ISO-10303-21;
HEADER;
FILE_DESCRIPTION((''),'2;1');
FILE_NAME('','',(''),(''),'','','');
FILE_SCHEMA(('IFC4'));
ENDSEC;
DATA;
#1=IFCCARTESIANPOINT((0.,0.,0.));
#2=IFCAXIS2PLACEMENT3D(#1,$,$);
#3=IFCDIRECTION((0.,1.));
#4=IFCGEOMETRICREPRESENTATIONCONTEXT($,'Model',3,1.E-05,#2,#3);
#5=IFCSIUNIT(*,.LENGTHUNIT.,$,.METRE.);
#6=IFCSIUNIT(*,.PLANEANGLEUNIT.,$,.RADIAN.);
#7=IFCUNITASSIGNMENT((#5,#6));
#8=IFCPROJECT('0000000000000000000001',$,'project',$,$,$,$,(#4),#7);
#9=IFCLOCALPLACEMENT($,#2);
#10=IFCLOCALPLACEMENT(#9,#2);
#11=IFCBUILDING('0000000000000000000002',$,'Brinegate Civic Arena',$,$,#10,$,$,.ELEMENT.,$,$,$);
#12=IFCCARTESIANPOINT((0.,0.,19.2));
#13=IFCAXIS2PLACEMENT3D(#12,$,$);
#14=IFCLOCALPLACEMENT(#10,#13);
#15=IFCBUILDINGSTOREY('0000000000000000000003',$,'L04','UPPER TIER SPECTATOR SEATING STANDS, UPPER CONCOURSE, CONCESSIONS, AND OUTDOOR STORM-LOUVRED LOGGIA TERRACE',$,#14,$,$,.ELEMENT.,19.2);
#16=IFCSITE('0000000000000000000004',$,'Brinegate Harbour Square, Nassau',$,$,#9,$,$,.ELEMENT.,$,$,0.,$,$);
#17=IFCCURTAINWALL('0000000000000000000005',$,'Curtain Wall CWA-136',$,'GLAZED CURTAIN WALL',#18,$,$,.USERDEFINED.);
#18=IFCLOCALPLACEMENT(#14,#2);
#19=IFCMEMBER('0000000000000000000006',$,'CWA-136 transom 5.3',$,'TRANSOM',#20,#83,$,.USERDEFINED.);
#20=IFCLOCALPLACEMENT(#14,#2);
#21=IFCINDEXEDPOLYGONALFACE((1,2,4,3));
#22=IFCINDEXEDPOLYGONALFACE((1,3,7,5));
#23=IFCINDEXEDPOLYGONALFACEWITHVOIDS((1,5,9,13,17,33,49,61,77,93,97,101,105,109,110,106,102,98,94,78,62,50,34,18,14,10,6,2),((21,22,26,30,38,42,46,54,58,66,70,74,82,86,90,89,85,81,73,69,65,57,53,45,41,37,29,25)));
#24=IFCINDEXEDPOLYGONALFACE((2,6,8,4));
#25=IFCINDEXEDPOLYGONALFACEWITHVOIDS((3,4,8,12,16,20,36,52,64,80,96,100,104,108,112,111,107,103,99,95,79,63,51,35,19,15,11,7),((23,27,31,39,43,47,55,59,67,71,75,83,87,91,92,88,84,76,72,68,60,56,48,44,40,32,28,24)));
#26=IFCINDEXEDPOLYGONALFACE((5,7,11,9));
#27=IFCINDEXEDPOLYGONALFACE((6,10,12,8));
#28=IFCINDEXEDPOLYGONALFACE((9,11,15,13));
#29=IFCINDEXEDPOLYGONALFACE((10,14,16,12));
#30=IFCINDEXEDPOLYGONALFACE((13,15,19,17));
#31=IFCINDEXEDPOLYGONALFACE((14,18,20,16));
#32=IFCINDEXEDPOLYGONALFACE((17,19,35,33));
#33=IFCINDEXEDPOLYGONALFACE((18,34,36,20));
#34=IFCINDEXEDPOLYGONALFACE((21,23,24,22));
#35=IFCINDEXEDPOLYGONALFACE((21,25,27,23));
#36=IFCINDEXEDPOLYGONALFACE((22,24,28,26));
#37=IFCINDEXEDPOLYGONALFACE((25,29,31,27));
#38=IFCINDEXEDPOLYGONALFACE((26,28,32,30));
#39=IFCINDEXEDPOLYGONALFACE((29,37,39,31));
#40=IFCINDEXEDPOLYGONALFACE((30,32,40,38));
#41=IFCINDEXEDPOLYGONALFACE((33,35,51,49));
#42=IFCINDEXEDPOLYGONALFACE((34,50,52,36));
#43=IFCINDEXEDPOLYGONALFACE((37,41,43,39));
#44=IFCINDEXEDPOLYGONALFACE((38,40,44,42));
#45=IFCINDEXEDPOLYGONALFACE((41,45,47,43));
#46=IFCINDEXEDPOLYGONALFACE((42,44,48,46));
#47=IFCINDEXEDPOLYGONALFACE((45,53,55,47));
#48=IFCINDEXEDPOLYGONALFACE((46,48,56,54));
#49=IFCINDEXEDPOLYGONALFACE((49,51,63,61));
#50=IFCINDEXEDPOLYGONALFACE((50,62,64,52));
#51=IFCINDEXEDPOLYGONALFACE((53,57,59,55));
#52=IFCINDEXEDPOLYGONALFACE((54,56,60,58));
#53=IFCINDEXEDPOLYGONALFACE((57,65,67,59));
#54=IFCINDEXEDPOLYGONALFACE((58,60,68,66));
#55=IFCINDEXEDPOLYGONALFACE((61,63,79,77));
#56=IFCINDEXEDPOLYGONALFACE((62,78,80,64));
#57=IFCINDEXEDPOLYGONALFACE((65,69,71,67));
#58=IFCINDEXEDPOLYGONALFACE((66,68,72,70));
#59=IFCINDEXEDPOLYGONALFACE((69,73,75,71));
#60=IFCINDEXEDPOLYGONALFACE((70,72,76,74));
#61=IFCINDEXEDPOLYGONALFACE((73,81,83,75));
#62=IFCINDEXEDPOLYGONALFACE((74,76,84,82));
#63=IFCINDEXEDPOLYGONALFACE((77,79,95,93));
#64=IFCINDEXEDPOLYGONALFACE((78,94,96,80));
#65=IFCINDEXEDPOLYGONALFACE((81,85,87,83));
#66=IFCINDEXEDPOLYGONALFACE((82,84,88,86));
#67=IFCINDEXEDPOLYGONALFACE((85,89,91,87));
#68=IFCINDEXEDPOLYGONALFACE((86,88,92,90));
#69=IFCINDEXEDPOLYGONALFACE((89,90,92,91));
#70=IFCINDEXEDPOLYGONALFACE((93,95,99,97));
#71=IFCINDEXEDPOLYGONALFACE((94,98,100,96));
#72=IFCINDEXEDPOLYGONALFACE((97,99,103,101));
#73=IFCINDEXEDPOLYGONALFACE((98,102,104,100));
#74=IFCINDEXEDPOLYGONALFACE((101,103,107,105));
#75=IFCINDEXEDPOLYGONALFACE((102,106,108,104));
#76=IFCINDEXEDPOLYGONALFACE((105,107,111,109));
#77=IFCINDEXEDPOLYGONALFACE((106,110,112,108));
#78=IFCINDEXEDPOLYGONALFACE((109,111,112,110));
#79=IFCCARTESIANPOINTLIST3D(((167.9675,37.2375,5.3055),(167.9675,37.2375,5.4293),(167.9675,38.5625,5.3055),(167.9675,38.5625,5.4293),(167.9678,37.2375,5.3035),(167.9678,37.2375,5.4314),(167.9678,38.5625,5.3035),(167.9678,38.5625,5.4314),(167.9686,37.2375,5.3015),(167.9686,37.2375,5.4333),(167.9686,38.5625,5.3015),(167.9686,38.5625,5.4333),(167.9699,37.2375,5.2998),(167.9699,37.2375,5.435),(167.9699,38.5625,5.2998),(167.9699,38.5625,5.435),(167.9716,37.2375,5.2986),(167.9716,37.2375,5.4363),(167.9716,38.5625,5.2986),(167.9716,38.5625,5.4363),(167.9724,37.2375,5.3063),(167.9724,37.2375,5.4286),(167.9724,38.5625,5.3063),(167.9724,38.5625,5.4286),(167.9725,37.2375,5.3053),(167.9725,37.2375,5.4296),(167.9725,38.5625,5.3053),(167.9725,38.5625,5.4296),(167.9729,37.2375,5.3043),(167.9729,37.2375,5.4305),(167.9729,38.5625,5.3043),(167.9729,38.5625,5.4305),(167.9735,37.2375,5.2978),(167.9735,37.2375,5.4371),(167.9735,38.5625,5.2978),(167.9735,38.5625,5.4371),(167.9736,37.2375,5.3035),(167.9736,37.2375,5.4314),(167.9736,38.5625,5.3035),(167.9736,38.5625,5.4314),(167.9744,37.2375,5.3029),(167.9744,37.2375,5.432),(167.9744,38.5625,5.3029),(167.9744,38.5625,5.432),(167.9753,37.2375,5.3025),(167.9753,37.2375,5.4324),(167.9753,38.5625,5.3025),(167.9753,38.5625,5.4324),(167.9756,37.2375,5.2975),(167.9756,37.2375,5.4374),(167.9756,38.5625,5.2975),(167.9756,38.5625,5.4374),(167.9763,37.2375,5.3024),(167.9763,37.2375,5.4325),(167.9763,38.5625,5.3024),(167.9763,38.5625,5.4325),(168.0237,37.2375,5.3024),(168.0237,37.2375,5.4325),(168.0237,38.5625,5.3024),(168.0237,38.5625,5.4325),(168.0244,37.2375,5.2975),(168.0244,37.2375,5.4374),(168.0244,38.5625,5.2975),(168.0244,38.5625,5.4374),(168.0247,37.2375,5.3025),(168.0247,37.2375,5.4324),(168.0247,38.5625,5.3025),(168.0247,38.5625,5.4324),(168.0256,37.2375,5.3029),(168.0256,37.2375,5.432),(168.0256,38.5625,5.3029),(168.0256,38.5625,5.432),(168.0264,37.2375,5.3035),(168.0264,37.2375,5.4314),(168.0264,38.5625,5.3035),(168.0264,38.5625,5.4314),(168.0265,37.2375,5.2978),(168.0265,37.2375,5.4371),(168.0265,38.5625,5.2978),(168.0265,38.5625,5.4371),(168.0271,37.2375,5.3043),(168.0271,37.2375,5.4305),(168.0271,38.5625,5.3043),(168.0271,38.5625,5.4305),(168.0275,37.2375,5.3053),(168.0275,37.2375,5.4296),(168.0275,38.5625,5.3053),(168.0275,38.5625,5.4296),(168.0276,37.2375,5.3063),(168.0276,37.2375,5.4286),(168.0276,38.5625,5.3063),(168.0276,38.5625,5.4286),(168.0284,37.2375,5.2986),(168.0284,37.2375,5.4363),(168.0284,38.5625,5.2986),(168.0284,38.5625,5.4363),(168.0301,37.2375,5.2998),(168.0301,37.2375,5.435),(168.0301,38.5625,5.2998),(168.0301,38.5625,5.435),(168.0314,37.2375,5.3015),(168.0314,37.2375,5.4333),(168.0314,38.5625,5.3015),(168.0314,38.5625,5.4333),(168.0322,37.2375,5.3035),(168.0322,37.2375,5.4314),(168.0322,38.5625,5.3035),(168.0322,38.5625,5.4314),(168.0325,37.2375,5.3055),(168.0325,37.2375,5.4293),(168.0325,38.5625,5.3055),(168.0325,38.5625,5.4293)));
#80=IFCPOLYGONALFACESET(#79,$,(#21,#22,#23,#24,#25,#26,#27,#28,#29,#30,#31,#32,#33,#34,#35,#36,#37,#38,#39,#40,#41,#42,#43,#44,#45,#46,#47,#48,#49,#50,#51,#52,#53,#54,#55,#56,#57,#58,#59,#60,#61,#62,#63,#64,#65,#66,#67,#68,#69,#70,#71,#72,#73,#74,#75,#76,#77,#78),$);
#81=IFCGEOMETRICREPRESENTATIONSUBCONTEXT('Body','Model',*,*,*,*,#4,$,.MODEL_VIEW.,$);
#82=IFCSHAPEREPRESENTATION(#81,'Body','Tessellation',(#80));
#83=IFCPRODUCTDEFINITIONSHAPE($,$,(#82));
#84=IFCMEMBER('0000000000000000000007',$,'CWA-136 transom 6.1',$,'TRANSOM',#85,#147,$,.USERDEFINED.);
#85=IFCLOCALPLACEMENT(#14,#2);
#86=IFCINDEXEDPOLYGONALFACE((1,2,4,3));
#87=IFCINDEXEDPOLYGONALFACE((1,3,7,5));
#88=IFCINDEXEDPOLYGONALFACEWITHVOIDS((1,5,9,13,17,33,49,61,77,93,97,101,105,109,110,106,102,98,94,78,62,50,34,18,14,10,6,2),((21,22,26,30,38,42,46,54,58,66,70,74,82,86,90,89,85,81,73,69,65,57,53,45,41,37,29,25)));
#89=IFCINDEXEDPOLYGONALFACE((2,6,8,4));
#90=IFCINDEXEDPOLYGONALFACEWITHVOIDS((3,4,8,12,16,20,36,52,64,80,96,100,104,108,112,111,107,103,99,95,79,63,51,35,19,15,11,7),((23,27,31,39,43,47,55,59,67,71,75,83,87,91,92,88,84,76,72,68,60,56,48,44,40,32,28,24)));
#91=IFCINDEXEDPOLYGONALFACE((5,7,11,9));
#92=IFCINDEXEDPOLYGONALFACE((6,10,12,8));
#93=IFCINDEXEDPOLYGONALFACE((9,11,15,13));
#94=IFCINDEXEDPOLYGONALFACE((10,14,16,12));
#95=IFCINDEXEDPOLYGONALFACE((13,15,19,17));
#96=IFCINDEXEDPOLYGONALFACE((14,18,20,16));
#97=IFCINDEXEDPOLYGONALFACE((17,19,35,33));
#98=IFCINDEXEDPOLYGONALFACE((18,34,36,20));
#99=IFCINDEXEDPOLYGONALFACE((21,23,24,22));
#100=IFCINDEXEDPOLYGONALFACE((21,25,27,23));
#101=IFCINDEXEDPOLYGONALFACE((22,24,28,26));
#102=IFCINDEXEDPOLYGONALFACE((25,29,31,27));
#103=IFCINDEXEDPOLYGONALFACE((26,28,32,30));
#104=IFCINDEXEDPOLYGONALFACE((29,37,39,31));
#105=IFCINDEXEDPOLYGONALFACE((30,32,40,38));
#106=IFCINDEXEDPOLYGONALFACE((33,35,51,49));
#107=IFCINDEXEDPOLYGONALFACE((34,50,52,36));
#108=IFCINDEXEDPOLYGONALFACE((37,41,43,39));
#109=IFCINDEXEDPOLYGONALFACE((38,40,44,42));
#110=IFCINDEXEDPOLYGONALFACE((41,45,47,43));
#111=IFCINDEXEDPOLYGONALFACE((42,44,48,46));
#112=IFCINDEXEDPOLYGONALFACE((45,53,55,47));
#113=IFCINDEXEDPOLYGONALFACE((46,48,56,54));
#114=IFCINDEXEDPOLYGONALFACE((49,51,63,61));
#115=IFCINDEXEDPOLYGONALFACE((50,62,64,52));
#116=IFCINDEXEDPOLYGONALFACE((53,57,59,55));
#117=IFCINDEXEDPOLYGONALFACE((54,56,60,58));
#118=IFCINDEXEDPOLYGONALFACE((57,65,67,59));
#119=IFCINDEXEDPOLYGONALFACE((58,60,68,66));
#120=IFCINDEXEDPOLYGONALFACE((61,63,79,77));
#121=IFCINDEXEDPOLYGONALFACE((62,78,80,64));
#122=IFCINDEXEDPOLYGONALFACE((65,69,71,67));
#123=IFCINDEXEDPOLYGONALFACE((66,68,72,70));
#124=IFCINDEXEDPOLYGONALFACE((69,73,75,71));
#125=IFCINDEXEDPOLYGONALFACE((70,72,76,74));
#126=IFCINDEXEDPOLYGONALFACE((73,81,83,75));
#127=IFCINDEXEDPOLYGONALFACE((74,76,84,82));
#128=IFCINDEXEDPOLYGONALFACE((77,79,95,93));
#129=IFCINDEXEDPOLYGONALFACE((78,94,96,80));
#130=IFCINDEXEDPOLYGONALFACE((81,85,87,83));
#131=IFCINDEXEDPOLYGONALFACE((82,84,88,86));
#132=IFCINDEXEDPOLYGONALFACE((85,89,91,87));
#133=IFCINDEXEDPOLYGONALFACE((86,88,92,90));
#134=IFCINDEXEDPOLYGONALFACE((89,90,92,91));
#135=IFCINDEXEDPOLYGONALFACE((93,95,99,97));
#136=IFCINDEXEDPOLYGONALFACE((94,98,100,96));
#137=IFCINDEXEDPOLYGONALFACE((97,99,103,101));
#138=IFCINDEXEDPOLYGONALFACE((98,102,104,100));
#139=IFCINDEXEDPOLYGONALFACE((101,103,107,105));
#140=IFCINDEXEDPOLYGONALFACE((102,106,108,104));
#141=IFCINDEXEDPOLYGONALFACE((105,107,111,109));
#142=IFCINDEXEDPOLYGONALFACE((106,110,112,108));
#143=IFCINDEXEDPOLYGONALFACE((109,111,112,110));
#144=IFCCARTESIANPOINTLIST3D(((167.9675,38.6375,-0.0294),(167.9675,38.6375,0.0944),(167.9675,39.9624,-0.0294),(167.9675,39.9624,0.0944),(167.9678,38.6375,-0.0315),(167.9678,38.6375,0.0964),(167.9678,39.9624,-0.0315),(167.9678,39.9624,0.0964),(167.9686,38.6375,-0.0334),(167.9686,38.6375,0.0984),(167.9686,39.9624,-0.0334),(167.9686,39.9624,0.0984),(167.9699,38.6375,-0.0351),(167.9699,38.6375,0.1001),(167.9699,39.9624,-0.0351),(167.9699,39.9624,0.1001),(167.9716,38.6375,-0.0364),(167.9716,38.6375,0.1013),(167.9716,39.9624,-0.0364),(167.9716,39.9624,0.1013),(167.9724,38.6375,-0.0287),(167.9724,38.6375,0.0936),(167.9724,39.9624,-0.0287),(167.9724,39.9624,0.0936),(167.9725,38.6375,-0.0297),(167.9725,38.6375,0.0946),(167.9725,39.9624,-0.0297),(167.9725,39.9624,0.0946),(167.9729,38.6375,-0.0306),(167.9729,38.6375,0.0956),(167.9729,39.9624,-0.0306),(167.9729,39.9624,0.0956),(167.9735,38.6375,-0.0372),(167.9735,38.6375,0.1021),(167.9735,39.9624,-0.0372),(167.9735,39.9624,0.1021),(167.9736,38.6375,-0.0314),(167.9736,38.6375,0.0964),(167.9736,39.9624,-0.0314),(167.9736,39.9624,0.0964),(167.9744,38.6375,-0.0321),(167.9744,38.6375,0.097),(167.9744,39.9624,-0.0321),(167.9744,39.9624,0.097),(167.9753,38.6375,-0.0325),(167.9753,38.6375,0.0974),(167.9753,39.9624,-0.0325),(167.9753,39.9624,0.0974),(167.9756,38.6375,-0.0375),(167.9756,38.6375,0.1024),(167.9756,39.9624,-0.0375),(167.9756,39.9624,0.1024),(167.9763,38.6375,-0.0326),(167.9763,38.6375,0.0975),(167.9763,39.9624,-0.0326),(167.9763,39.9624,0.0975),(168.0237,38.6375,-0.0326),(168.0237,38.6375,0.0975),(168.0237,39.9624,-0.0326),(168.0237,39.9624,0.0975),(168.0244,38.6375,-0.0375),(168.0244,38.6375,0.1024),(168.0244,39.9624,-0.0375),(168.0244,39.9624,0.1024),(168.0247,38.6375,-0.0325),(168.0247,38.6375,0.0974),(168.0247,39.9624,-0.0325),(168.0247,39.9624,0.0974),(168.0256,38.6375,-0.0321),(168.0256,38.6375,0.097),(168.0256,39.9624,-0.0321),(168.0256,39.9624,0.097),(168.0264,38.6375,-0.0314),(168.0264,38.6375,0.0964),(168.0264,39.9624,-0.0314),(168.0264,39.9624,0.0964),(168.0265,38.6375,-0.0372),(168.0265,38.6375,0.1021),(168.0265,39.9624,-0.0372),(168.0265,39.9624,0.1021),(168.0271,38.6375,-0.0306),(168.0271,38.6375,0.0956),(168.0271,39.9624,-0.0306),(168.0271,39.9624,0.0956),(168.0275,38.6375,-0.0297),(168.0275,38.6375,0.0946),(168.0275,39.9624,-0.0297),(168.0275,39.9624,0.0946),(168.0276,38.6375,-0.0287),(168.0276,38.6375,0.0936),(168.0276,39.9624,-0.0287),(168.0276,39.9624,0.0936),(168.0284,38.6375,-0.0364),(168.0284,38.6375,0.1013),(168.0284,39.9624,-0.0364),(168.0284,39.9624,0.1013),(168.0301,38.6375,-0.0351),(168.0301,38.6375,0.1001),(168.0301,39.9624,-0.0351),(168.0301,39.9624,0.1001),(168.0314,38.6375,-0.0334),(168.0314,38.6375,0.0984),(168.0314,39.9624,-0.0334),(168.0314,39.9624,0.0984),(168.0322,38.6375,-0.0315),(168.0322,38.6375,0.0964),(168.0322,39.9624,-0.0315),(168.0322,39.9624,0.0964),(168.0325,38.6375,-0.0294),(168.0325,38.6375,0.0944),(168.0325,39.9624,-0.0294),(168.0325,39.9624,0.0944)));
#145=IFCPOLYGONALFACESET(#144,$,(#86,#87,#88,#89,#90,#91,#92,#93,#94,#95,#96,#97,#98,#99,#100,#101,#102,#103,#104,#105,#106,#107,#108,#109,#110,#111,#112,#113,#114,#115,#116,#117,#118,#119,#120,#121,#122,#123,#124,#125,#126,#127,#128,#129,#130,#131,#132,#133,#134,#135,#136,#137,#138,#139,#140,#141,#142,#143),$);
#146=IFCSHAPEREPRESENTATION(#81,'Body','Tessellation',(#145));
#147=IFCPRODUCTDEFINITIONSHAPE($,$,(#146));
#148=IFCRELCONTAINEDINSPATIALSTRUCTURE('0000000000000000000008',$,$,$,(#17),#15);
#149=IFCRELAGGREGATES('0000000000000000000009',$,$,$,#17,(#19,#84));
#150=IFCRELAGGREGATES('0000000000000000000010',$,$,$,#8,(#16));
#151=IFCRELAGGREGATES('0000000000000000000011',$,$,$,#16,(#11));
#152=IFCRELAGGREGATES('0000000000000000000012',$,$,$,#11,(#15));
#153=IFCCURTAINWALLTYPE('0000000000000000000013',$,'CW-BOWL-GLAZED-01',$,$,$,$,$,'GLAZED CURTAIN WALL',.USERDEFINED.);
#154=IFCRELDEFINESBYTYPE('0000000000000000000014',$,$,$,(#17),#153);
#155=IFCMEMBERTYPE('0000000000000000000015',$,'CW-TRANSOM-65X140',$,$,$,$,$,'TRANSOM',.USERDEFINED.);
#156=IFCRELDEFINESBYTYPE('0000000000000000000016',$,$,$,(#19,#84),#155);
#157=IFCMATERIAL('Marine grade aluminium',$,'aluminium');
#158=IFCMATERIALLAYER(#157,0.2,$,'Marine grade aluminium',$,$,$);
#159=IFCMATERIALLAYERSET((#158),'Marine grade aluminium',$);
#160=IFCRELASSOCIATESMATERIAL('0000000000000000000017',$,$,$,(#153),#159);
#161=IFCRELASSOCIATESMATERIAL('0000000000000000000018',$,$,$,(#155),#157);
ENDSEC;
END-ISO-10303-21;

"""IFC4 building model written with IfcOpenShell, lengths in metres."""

from ifc_helpers import new_model, si_unit, direction, frame, origin, origin_2d, place, context, subcontext, project, spatial, hollow_rectangle, extrude, material, layer, layer_set, material_profile, profile_set, type_object, element, aggregate, save


model = new_model("IFC4")

# Units and contexts
model_context = context("Model", 3, precision=1e-05, world=origin(), true_north=direction((0.0, 1.0)))
body_context = subcontext(model_context, "Body", "Model", "MODEL_VIEW")
ifc_project = project(units=[si_unit("LENGTHUNIT", "METRE"), si_unit("PLANEANGLEUNIT", "RADIAN")], contexts=[model_context])

# Site, building, storey
site_placement = place(None, origin())
site = spatial("IfcSite", under=ifc_project, at=site_placement, Name="Brinegate Harbour Square, Nassau", CompositionType="ELEMENT", RefElevation=0.0)
building_placement = place(site_placement, origin())
building = spatial("IfcBuilding", under=site, at=building_placement, Name="Brinegate Civic Arena", CompositionType="ELEMENT")
storey_placement = place(building_placement, frame((0.0, 0.0, 19.2)))
storey = spatial("IfcBuildingStorey", under=building, at=storey_placement, Name="L04", Description="UPPER TIER SPECTATOR SEATING STANDS, UPPER CONCOURSE, CONCESSIONS, AND OUTDOOR STORM-LOUVRED LOGGIA TERRACE", CompositionType="ELEMENT", Elevation=19.2)

# Curtain wall, members
ifc_material_1 = material(Name="Marine grade aluminium", Category="aluminium")
ifc_layer_1 = layer(ifc_material_1, 0.2, Name="Marine grade aluminium")
ifc_layer_set_1 = layer_set([ifc_layer_1], Name="Marine grade aluminium")
curtain_wall_type = type_object("IfcCurtainWallType", Name="CW-BOWL-GLAZED-01", ElementType="GLAZED CURTAIN WALL", PredefinedType="USERDEFINED", material=ifc_layer_set_1)
curtain_wall_placement = place(storey_placement, origin())
curtain_wall = element("IfcCurtainWall", 1, at=curtain_wall_placement, inside=storey, type_object=curtain_wall_type, Name="Curtain Wall CWA-136", ObjectType="GLAZED CURTAIN WALL", PredefinedType="USERDEFINED")
ifc_material_profile_1 = material_profile(ifc_material_1, hollow_rectangle(XDim=0.0649, YDim=0.1399, WallThickness=0.0049, InnerFilletRadius=0.0039, OuterFilletRadius=0.0081, at=origin_2d()), Name="TRN65X140")
ifc_profile_set_1 = profile_set([ifc_material_profile_1], Name="Marine grade aluminium")
member_type_1 = type_object("IfcMemberType", Name="CW-TRANSOM-65X140", ElementType="TRANSOM", PredefinedType="USERDEFINED", material=ifc_profile_set_1)
member_1_placement = place(storey_placement, frame((168.0, 37.2375, 5.3674), z_axis=(0.0, 1.0, 0.0), x_axis=(-1.0, 0.0, 0.0)))
member_1 = element("IfcMember", 2, at=member_1_placement, type_object=member_type_1, Name="CWA-136 transom 5.3", ObjectType="TRANSOM", PredefinedType="USERDEFINED", context=body_context, shape_type="SweptSolid", body=[
    extrude(hollow_rectangle(XDim=0.0649, YDim=0.1399, WallThickness=0.0049, InnerFilletRadius=0.0039, OuterFilletRadius=0.0081, at=origin_2d()), origin(), (0.0, 0.0, 1.0), 1.325),
])
member_2_placement = place(storey_placement, frame((168.0, 38.6375, 0.0325), z_axis=(0.0, 1.0, 0.0), x_axis=(-1.0, 0.0, 0.0)))
member_2 = element("IfcMember", 3, at=member_2_placement, type_object=member_type_1, Name="CWA-136 transom 6.1", ObjectType="TRANSOM", PredefinedType="USERDEFINED", context=body_context, shape_type="SweptSolid", body=[
    extrude(hollow_rectangle(XDim=0.0649, YDim=0.1399, WallThickness=0.0049, InnerFilletRadius=0.0039, OuterFilletRadius=0.0081, at=origin_2d()), origin(), (0.0, 0.0, 1.0), 1.325),
])

aggregate(curtain_wall, [member_1, member_2])

save(model, "model.ifc")
